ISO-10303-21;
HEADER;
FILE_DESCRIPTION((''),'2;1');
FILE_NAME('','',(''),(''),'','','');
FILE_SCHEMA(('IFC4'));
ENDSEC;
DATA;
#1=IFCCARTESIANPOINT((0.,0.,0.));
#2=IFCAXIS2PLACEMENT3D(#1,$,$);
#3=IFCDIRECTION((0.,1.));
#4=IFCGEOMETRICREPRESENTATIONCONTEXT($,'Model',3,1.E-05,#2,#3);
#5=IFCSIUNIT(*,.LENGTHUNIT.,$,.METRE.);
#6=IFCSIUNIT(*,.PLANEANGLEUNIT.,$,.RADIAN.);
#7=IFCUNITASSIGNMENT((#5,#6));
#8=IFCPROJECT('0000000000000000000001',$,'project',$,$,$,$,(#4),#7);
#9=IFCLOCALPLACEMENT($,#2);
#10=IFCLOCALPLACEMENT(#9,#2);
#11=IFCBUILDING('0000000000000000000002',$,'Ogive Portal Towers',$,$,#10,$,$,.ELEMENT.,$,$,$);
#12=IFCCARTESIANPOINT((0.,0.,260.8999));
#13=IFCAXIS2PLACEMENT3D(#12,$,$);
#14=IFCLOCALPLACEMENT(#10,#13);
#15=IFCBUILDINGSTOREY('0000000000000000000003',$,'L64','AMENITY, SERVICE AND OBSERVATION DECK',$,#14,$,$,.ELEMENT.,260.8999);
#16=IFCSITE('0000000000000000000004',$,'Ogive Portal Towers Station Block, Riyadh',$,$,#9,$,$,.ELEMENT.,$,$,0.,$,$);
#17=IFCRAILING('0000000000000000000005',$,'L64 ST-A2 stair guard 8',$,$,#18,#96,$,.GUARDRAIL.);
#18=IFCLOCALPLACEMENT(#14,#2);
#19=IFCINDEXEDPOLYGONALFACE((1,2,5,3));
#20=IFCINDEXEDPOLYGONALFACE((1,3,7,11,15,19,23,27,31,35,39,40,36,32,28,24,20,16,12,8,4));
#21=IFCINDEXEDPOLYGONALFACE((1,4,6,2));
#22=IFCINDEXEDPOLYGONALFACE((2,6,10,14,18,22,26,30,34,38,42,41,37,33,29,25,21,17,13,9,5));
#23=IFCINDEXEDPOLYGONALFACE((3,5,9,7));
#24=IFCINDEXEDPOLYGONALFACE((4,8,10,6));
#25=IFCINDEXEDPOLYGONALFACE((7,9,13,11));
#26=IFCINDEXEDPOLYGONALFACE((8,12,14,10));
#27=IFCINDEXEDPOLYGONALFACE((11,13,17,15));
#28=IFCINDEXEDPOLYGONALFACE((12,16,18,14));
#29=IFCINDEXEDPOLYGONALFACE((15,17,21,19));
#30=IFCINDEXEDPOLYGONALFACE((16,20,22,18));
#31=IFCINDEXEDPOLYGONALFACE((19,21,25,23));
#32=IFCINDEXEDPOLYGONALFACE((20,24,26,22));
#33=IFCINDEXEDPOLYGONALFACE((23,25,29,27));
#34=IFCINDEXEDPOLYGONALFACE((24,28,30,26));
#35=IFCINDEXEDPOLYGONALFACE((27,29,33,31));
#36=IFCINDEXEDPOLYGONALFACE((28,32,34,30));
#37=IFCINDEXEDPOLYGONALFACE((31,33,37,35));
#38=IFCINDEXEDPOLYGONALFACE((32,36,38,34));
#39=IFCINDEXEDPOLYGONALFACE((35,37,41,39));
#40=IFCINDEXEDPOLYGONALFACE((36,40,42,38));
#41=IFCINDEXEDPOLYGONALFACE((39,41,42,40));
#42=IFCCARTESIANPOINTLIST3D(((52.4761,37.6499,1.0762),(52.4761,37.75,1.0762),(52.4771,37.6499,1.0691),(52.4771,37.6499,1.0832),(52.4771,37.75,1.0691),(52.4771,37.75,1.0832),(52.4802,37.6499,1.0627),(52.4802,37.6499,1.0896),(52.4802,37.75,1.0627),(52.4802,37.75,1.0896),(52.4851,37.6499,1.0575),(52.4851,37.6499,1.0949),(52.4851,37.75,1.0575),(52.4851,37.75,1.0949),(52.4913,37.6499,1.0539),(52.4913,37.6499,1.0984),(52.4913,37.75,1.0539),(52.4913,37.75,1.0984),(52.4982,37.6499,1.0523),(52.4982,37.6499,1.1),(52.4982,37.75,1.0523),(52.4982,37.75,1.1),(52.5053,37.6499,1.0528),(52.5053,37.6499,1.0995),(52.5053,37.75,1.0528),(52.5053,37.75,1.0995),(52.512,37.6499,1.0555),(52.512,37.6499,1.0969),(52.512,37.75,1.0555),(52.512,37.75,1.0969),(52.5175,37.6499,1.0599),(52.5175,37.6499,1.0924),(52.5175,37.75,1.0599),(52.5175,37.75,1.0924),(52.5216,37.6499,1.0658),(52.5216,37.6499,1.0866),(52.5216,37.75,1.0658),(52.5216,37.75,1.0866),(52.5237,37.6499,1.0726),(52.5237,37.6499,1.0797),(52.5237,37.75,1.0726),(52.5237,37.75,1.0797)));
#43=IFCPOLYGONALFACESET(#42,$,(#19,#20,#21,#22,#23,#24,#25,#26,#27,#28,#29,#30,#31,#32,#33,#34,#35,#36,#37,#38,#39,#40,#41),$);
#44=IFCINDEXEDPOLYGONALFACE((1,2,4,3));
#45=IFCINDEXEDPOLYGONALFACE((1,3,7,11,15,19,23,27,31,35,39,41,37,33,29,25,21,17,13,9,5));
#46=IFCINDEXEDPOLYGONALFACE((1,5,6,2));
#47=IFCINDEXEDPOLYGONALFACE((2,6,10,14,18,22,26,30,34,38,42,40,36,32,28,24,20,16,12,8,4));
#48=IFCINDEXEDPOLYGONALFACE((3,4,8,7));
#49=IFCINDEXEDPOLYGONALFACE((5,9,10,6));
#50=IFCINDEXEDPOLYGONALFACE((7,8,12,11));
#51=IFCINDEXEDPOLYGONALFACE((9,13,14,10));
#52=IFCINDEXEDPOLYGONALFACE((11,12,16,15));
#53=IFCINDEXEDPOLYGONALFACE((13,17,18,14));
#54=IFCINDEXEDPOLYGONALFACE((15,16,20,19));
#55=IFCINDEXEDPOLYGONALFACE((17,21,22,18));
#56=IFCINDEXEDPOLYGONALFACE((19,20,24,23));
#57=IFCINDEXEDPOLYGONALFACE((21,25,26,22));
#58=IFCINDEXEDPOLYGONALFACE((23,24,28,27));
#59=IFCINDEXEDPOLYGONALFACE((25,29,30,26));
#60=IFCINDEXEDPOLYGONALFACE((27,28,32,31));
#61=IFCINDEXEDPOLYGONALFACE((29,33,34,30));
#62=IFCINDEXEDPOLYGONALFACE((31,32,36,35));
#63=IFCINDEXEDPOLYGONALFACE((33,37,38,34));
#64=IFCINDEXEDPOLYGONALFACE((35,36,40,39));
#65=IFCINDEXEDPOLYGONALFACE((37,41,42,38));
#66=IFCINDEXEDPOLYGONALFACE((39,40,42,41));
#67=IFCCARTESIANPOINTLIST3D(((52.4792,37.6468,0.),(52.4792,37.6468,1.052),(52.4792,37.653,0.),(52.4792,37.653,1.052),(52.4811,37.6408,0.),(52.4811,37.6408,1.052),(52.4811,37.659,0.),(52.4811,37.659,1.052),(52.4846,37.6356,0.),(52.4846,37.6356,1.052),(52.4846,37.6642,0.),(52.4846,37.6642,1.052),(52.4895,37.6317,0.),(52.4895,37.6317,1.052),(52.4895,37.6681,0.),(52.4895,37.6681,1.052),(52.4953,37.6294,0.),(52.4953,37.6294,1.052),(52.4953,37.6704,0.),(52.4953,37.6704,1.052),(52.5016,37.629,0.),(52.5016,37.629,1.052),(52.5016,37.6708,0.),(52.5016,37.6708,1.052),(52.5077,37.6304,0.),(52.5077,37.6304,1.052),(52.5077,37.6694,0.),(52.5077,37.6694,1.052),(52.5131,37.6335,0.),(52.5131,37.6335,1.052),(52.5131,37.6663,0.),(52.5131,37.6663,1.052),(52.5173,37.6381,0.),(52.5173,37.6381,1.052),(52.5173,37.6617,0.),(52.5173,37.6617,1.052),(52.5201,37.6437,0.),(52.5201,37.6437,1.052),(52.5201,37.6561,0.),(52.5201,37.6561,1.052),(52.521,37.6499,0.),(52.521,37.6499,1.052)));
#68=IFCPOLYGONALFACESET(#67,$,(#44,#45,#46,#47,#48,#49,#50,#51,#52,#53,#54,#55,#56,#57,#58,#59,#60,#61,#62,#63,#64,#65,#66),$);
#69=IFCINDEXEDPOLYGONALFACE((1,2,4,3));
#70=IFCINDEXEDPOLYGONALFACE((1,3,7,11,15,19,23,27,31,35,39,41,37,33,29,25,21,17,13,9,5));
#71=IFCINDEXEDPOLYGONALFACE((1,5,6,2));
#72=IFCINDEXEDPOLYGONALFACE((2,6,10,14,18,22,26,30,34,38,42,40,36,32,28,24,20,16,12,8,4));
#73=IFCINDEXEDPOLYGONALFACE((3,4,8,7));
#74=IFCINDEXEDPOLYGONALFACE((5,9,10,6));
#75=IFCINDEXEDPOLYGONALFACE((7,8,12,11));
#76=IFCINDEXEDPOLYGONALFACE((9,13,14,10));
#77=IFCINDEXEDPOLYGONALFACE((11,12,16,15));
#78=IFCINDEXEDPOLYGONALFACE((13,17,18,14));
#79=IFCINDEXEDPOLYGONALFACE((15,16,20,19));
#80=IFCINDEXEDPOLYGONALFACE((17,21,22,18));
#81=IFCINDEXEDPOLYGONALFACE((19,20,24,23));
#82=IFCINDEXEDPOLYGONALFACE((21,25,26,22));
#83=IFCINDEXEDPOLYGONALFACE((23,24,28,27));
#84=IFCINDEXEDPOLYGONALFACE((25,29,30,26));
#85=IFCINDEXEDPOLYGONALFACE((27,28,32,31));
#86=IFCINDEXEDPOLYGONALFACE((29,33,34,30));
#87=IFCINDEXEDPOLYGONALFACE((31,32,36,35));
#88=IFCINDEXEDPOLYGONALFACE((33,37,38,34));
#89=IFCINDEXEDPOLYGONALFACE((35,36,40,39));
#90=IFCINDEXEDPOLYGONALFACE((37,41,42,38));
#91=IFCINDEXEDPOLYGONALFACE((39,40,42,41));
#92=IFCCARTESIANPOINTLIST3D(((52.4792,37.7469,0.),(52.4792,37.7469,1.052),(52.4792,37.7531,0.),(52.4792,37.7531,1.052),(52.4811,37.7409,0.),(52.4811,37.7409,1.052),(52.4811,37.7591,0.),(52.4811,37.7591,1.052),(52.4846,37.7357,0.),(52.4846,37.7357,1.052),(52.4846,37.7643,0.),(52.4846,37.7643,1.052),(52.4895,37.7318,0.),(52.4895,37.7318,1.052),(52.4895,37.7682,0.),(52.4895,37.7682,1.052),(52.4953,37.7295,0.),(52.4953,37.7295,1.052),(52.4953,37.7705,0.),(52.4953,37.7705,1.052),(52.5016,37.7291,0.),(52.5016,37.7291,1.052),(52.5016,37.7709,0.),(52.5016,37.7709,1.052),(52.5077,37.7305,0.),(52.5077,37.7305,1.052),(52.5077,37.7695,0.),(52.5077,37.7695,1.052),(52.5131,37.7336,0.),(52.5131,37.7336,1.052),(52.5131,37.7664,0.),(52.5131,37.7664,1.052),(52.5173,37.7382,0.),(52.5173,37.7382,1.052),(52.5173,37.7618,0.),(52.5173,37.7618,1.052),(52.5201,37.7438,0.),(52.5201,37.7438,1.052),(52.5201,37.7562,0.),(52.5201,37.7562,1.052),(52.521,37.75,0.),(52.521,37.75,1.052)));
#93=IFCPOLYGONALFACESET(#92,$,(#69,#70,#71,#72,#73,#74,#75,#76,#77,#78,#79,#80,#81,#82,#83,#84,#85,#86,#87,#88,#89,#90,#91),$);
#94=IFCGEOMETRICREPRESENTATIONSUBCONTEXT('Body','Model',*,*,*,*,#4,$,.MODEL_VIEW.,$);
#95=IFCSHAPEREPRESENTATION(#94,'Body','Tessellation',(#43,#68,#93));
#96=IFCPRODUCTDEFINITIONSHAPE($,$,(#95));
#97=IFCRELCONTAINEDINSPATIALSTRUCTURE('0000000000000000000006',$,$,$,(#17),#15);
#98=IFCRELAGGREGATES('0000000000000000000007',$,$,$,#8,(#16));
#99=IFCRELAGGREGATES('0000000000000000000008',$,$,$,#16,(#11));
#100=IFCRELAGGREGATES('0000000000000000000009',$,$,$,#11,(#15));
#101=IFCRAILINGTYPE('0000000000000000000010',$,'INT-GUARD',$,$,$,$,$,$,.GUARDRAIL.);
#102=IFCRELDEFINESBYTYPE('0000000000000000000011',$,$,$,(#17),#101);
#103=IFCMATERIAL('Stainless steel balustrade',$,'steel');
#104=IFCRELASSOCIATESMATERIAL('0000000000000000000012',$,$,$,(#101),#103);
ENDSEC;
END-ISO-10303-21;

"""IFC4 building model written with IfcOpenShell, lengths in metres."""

from ifc_helpers import new_model, si_unit, direction, frame, origin, origin_2d, place, context, subcontext, project, spatial, circle, extrude, material, type_object, element, save


model = new_model("IFC4")

# Units and contexts
model_context = context("Model", 3, precision=1e-05, world=origin(), true_north=direction((0.0, 1.0)))
body_context = subcontext(model_context, "Body", "Model", "MODEL_VIEW")
ifc_project = project(units=[si_unit("LENGTHUNIT", "METRE"), si_unit("PLANEANGLEUNIT", "RADIAN")], contexts=[model_context])

# Site, building, storey
site_placement = place(None, origin())
site = spatial("IfcSite", under=ifc_project, at=site_placement, Name="Ogive Portal Towers Station Block, Riyadh", CompositionType="ELEMENT", RefElevation=0.0)
building_placement = place(site_placement, origin())
building = spatial("IfcBuilding", under=site, at=building_placement, Name="Ogive Portal Towers", CompositionType="ELEMENT")
storey_placement = place(building_placement, frame((0.0, 0.0, 260.8999)))
storey = spatial("IfcBuildingStorey", under=building, at=storey_placement, Name="L64", Description="AMENITY, SERVICE AND OBSERVATION DECK", CompositionType="ELEMENT", Elevation=260.8999)

# Railing
ifc_material_1 = material(Name="Stainless steel balustrade", Category="steel")
railing_type_1 = type_object("IfcRailingType", Name="INT-GUARD", PredefinedType="GUARDRAIL", material=ifc_material_1)
railing_1_placement = place(storey_placement, frame((52.5, 37.6499, 0.0)))
element("IfcRailing", 1, at=railing_1_placement, inside=storey, type_object=railing_type_1, Name="L64 ST-A2 stair guard 8", PredefinedType="GUARDRAIL", context=body_context, shape_type="SweptSolid", body=[
    extrude(circle(Radius=0.0239, at=origin_2d()), frame((0.0, 0.0, 1.0762), z_axis=(0.0, 1.0, 0.0), x_axis=(-1.0, 0.0, 0.0)), (0.0, 0.0, 1.0), 0.1001),
    extrude(circle(Radius=0.021, at=origin_2d()), origin(), (0.0, 0.0, 1.0), 1.052),
    extrude(circle(Radius=0.021, at=origin_2d()), frame((0.0, 0.1001, 0.0)), (0.0, 0.0, 1.0), 1.052),
])

save(model, "model.ifc")
